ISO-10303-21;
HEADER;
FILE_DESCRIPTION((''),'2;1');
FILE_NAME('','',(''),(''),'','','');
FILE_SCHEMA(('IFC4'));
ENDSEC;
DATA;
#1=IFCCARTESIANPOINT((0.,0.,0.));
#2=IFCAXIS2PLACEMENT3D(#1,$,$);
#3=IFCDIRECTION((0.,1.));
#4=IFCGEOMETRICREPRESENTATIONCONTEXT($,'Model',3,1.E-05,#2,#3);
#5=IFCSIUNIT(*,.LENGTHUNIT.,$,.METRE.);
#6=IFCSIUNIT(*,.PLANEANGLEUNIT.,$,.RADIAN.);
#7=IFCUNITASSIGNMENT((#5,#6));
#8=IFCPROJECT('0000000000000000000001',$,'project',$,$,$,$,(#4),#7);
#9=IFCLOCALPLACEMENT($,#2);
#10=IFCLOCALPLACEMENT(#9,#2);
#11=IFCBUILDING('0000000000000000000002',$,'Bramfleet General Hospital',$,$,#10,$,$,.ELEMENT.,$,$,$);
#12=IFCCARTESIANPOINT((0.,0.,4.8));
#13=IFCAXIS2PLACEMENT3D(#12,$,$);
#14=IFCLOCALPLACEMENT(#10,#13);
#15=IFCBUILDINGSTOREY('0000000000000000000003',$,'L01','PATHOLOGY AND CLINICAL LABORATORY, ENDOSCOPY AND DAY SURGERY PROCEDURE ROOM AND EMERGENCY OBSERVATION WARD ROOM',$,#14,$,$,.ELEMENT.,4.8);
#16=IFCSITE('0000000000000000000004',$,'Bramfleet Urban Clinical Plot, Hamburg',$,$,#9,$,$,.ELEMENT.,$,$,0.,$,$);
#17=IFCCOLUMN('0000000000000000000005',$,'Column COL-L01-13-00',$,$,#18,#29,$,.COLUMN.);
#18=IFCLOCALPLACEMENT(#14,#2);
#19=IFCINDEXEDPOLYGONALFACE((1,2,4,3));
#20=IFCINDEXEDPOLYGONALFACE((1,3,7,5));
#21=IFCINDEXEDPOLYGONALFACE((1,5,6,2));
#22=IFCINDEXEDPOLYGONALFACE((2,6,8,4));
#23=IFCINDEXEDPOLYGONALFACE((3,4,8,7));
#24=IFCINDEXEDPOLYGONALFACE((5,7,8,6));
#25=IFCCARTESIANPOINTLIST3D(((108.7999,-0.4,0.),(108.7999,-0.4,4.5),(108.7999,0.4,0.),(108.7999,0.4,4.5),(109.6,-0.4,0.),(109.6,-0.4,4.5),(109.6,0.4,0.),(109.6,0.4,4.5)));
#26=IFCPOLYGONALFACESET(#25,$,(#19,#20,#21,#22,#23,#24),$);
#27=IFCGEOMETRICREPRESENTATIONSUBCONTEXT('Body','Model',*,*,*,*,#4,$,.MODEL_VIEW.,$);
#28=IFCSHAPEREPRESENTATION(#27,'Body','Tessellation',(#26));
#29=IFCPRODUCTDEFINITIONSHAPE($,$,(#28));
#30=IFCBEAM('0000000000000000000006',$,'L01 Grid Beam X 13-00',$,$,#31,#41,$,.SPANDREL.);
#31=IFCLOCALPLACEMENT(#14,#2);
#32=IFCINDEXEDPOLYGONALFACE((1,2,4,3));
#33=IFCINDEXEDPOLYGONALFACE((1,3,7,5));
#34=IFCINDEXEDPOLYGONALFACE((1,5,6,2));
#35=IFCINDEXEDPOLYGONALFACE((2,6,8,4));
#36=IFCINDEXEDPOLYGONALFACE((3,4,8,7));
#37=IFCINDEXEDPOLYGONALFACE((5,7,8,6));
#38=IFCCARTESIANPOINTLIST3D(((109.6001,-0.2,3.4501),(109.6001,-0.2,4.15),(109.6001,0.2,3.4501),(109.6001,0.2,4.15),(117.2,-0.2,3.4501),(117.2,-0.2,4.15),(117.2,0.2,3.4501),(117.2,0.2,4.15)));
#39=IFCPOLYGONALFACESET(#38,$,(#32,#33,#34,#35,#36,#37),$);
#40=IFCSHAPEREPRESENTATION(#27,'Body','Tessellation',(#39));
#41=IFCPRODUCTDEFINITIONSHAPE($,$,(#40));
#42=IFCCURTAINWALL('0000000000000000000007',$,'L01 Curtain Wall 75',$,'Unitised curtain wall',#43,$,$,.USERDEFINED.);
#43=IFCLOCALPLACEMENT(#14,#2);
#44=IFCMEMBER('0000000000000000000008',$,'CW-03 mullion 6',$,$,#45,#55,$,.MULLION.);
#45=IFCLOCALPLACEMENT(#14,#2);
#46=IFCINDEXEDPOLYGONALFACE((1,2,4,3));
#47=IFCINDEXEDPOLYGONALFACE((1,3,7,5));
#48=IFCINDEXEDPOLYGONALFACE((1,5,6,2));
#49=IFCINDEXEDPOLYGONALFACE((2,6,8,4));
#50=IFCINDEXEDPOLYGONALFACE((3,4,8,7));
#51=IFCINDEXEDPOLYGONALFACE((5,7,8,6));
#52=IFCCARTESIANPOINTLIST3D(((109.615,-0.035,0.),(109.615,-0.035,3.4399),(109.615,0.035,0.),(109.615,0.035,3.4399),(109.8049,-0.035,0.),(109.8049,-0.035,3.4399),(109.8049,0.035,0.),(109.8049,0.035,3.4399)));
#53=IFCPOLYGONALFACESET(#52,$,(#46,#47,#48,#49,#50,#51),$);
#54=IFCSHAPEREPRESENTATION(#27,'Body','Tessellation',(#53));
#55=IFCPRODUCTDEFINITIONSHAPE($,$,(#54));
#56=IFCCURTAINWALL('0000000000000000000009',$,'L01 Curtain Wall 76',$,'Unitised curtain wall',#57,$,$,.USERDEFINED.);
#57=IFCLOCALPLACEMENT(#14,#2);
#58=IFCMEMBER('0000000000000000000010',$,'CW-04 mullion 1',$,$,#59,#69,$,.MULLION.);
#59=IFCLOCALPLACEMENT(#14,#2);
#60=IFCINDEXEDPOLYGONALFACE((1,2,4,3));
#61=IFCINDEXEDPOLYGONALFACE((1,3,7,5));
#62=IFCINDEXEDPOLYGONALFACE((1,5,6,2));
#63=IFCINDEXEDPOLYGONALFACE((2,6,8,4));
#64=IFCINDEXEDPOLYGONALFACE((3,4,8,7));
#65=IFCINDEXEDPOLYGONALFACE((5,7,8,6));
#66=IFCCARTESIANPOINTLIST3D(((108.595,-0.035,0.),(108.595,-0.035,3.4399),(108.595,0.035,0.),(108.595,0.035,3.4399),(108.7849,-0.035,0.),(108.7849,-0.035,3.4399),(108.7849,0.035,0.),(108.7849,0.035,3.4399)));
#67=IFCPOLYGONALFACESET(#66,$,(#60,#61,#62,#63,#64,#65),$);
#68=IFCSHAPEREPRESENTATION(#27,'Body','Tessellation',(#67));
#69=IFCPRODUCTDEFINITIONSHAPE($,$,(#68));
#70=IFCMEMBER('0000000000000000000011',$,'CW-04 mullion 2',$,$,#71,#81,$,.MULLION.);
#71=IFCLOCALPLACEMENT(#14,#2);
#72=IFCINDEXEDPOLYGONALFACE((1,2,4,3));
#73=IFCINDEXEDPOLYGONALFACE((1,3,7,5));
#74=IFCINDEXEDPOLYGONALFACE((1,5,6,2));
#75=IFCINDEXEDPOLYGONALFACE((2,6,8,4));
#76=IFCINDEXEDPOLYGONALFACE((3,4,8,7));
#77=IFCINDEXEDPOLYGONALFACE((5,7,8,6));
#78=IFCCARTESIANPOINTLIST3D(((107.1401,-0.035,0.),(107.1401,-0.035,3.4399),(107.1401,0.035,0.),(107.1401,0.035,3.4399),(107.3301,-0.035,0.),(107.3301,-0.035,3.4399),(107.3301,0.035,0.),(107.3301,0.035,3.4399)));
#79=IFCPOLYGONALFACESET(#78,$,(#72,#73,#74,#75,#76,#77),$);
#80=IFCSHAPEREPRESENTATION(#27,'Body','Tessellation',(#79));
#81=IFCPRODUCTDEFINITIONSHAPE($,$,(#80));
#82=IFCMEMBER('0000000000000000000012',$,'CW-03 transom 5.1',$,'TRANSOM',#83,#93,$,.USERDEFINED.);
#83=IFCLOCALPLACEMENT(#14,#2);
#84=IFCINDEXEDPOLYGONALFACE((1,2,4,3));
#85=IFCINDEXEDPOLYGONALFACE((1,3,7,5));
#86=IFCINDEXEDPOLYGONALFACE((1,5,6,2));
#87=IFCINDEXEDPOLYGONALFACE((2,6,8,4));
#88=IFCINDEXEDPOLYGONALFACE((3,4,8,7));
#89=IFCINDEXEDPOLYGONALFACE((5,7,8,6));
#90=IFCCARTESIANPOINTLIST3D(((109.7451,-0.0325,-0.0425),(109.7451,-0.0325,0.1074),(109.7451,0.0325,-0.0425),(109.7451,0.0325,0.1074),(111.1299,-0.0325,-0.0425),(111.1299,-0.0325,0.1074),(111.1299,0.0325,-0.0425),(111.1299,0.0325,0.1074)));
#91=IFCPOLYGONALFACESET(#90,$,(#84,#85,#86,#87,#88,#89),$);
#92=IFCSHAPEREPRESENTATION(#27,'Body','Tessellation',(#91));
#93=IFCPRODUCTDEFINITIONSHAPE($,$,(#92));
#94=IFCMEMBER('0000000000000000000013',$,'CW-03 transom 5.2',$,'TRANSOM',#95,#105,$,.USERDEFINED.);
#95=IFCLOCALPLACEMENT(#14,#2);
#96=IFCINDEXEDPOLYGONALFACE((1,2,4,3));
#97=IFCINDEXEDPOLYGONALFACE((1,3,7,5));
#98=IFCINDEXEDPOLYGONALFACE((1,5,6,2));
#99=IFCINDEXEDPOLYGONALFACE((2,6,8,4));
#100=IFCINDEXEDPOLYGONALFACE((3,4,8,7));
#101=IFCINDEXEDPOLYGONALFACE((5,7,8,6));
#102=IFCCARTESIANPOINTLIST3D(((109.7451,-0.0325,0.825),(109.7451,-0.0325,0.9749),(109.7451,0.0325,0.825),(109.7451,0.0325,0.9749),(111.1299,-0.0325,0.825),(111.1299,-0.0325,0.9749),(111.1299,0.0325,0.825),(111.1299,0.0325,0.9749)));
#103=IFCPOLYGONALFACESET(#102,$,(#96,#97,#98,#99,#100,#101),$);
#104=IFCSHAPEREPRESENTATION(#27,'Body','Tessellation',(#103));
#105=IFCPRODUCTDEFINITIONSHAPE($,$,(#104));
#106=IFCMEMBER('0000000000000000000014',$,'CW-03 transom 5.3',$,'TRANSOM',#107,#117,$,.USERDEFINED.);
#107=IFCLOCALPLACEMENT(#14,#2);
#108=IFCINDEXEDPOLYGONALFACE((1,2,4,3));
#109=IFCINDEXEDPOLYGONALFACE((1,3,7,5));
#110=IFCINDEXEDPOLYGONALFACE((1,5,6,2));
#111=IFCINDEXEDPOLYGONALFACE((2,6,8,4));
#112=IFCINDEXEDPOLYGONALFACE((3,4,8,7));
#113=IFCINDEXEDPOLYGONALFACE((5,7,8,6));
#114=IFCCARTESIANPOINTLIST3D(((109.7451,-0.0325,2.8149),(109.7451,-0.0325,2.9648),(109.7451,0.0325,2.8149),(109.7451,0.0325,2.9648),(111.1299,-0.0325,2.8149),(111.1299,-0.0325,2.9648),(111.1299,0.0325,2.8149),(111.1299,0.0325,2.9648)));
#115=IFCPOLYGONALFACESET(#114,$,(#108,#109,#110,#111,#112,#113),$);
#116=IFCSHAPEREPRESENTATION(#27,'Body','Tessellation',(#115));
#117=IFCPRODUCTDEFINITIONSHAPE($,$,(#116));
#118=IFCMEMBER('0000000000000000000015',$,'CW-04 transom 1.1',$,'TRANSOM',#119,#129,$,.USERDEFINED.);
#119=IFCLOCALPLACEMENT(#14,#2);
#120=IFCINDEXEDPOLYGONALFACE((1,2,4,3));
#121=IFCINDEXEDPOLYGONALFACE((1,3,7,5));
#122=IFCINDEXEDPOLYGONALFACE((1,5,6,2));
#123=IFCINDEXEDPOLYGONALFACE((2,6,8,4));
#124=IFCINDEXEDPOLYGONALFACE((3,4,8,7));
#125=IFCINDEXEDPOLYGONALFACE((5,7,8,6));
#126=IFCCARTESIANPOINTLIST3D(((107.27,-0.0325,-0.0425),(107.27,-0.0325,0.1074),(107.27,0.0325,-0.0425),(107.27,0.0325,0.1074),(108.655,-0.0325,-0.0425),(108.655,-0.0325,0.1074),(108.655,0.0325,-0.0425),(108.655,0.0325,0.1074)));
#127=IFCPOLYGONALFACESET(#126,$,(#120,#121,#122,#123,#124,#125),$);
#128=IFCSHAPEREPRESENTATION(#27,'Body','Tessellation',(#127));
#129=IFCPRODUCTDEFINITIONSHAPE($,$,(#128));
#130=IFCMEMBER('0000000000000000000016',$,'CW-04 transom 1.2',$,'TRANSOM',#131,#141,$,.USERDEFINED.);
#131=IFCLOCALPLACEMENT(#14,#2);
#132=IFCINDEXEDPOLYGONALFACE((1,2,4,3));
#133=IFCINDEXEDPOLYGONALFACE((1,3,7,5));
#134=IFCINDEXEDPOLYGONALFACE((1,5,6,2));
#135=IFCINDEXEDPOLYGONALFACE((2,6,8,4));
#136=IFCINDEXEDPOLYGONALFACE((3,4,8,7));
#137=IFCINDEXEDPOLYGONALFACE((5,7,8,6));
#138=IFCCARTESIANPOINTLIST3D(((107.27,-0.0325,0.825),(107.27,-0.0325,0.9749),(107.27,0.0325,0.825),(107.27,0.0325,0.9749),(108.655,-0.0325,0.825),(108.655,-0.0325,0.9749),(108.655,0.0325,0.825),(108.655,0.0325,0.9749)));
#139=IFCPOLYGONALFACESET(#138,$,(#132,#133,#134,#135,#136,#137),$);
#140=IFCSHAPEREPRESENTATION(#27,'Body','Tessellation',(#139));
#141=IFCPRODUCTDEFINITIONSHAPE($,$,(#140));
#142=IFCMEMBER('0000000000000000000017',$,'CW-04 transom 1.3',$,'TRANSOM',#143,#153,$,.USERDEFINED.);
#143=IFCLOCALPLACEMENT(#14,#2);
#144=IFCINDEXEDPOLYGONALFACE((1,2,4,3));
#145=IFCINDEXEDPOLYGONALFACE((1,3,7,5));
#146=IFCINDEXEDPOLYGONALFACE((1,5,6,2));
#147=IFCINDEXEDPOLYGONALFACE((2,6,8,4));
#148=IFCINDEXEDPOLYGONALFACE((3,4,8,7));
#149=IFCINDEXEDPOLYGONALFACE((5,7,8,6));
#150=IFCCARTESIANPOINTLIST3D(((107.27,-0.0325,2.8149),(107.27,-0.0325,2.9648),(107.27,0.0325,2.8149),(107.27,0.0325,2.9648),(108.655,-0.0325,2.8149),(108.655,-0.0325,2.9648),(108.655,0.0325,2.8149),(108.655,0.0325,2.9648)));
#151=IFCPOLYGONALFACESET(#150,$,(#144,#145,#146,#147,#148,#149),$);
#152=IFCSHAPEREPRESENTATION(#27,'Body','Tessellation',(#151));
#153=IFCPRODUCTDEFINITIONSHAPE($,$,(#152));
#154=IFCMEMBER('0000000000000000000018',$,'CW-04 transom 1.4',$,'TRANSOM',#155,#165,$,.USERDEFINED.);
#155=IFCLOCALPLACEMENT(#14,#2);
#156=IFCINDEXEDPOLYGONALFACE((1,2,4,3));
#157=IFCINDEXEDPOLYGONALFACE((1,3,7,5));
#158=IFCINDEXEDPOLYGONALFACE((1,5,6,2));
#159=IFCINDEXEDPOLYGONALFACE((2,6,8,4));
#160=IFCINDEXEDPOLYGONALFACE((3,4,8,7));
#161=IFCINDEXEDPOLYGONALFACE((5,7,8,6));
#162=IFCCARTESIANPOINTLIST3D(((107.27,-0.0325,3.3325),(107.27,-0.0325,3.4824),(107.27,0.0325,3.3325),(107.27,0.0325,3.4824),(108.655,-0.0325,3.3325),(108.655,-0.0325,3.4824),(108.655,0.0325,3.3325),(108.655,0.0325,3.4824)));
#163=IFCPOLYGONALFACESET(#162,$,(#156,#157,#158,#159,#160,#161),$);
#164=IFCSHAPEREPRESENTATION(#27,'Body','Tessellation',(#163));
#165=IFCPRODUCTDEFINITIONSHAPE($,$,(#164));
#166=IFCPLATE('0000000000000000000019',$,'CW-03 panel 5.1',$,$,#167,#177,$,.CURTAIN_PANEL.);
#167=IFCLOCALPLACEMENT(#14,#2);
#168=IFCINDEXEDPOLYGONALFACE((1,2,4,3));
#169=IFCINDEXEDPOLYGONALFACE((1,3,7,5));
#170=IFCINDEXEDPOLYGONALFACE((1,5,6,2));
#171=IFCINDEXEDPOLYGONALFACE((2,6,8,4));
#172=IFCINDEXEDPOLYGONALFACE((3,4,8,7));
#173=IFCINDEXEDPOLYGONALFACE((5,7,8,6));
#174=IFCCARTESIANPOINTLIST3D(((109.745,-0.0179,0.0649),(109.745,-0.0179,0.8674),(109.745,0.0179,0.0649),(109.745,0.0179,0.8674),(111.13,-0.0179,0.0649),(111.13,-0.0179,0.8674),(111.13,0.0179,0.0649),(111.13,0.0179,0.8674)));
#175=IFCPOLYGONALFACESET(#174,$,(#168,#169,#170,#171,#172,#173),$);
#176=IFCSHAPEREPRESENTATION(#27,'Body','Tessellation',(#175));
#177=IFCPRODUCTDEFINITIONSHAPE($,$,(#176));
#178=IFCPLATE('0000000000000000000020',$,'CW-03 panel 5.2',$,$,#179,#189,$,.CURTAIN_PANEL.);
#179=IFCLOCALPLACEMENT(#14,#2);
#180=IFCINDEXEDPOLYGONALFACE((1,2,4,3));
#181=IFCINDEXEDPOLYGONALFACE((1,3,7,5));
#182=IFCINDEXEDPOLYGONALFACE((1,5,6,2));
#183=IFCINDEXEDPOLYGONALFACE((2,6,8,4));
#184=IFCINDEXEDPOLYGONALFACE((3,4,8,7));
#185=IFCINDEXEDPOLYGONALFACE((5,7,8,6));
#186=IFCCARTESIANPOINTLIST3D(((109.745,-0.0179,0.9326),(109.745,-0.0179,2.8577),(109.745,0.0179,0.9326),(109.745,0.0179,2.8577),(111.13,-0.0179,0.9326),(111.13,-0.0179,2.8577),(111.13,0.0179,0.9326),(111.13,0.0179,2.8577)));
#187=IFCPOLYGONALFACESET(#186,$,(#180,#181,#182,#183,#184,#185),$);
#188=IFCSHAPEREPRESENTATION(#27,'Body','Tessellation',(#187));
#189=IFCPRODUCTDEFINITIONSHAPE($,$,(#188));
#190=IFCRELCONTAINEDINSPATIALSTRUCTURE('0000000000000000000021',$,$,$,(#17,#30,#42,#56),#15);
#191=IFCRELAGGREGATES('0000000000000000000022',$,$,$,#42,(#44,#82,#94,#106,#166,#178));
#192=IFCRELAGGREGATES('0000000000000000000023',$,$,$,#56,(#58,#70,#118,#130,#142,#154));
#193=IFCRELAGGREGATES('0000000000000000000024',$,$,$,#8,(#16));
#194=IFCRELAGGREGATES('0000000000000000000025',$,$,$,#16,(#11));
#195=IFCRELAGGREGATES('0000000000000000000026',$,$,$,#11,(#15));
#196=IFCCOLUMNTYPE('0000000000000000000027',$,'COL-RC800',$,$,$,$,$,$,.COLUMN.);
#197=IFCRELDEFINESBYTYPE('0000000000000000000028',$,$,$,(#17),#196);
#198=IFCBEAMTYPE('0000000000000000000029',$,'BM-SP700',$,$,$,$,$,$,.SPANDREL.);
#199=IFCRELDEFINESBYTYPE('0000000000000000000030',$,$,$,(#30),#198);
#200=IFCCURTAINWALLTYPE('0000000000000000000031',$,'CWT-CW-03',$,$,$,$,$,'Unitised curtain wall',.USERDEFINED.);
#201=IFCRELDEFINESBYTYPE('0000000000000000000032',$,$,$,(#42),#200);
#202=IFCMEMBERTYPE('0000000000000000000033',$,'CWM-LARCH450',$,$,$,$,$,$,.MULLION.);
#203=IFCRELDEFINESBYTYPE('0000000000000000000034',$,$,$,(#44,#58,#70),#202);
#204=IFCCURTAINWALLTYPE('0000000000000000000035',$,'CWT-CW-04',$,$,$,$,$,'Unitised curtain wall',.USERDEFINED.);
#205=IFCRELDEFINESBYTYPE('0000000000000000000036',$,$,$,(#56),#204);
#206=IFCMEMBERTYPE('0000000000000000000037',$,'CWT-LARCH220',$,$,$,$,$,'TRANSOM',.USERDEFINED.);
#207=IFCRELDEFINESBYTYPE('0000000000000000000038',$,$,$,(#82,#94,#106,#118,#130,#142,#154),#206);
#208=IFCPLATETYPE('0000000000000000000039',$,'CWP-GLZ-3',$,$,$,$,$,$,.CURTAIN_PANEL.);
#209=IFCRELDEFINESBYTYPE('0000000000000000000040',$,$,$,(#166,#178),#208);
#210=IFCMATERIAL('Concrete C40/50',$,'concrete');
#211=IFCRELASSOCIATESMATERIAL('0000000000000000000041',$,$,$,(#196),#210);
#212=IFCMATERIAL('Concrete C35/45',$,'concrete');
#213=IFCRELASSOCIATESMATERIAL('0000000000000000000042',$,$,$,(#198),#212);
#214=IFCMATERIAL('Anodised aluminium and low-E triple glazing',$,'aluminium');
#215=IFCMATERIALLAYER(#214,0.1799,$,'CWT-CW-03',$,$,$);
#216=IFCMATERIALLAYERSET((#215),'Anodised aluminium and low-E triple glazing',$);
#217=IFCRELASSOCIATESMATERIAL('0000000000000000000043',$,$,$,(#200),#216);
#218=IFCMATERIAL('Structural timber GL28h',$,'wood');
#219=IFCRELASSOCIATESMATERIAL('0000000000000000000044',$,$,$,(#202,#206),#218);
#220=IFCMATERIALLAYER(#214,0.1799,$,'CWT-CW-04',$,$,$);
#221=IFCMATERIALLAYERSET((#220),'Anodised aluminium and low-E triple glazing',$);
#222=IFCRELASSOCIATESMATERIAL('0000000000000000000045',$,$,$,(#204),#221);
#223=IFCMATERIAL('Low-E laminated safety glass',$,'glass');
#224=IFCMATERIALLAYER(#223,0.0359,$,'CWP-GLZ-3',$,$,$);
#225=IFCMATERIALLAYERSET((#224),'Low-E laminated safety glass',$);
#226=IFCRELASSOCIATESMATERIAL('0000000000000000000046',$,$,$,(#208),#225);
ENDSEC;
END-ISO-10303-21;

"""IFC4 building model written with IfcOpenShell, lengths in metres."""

from ifc_helpers import new_model, si_unit, direction, frame, origin, origin_2d, place, context, subcontext, project, spatial, rectangle, extrude, material, layer, layer_set, material_profile, profile_set, type_object, element, aggregate, save


model = new_model("IFC4")

# Units and contexts
model_context = context("Model", 3, precision=1e-05, world=origin(), true_north=direction((0.0, 1.0)))
body_context = subcontext(model_context, "Body", "Model", "MODEL_VIEW")
ifc_project = project(units=[si_unit("LENGTHUNIT", "METRE"), si_unit("PLANEANGLEUNIT", "RADIAN")], contexts=[model_context])

# Site, building, storey
site_placement = place(None, origin())
site = spatial("IfcSite", under=ifc_project, at=site_placement, Name="Bramfleet Urban Clinical Plot, Hamburg", CompositionType="ELEMENT", RefElevation=0.0)
building_placement = place(site_placement, origin())
building = spatial("IfcBuilding", under=site, at=building_placement, Name="Bramfleet General Hospital", CompositionType="ELEMENT")
storey_placement = place(building_placement, frame((0.0, 0.0, 4.8)))
storey = spatial("IfcBuildingStorey", under=building, at=storey_placement, Name="L01", Description="PATHOLOGY AND CLINICAL LABORATORY, ENDOSCOPY AND DAY SURGERY PROCEDURE ROOM AND EMERGENCY OBSERVATION WARD ROOM", CompositionType="ELEMENT", Elevation=4.8)

# Column
ifc_material_1 = material(Name="Concrete C40/50", Category="concrete")
ifc_material_profile_1 = material_profile(ifc_material_1, rectangle(XDim=0.8, YDim=0.8, at=origin_2d()), Name="RC COL 800x800")
ifc_profile_set_1 = profile_set([ifc_material_profile_1], Name="Concrete C40/50")
column_type = type_object("IfcColumnType", Name="COL-RC800", PredefinedType="COLUMN", material=ifc_profile_set_1)
column_placement = place(storey_placement, frame((109.2, 0.0, 0.0), z_axis=(0.0, 0.0, 1.0), x_axis=(1.0, 0.0, 0.0)))
element("IfcColumn", 1, at=column_placement, inside=storey, type_object=column_type, Name="Column COL-L01-13-00", PredefinedType="COLUMN", context=body_context, shape_type="SweptSolid", body=[
    extrude(rectangle(XDim=0.8, YDim=0.8, at=origin_2d()), origin(), (0.0, 0.0, 1.0), 4.5),
])

# Beam
ifc_material_2 = material(Name="Concrete C35/45", Category="concrete")
ifc_material_profile_2 = material_profile(ifc_material_2, rectangle(XDim=0.3999, YDim=0.7, at=origin_2d()), Name="RC SP 700x400")
ifc_profile_set_2 = profile_set([ifc_material_profile_2], Name="Concrete C35/45")
beam_type = type_object("IfcBeamType", Name="BM-SP700", PredefinedType="SPANDREL", material=ifc_profile_set_2)
beam_placement = place(storey_placement, frame((109.6001, 0.0, 3.8), z_axis=(1.0, 0.0, 0.0), x_axis=(0.0, 1.0, 0.0)))
element("IfcBeam", 2, at=beam_placement, inside=storey, type_object=beam_type, Name="L01 Grid Beam X 13-00", PredefinedType="SPANDREL", context=body_context, shape_type="SweptSolid", body=[
    extrude(rectangle(XDim=0.3999, YDim=0.7, at=origin_2d()), origin(), (0.0, 0.0, 1.0), 7.5999),
])

# Curtain wall, member
ifc_material_3 = material(Name="Anodised aluminium and low-E triple glazing", Category="aluminium")
ifc_layer_1 = layer(ifc_material_3, 0.1799, Name="CWT-CW-03")
ifc_layer_set_1 = layer_set([ifc_layer_1], Name="Anodised aluminium and low-E triple glazing")
curtain_wall_type_1 = type_object("IfcCurtainWallType", Name="CWT-CW-03", ElementType="Unitised curtain wall", PredefinedType="USERDEFINED", material=ifc_layer_set_1)
curtain_wall_1_placement = place(storey_placement, origin())
curtain_wall_1 = element("IfcCurtainWall", 3, at=curtain_wall_1_placement, inside=storey, type_object=curtain_wall_type_1, Name="L01 Curtain Wall 75", ObjectType="Unitised curtain wall", PredefinedType="USERDEFINED")
ifc_material_4 = material(Name="Structural timber GL28h", Category="wood")
ifc_material_profile_3 = material_profile(ifc_material_4, rectangle(XDim=0.0701, YDim=0.1899, at=origin_2d()), Name="LARCH 190x70")
ifc_profile_set_3 = profile_set([ifc_material_profile_3], Name="Structural timber GL28h")
member_type_1 = type_object("IfcMemberType", Name="CWM-LARCH450", PredefinedType="MULLION", material=ifc_profile_set_3)
member_1_placement = place(storey_placement, frame((109.71, 0.0, 0.0), z_axis=(0.0, 0.0, 1.0), x_axis=(0.0, -1.0, 0.0)))
member_1 = element("IfcMember", 4, at=member_1_placement, type_object=member_type_1, Name="CW-03 mullion 6", PredefinedType="MULLION", context=body_context, shape_type="SweptSolid", body=[
    extrude(rectangle(XDim=0.0701, YDim=0.1899, at=origin_2d()), origin(), (0.0, 0.0, 1.0), 3.4399),
])

# Curtain wall, members
ifc_layer_2 = layer(ifc_material_3, 0.1799, Name="CWT-CW-04")
ifc_layer_set_2 = layer_set([ifc_layer_2], Name="Anodised aluminium and low-E triple glazing")
curtain_wall_type_2 = type_object("IfcCurtainWallType", Name="CWT-CW-04", ElementType="Unitised curtain wall", PredefinedType="USERDEFINED", material=ifc_layer_set_2)
curtain_wall_2_placement = place(storey_placement, origin())
curtain_wall_2 = element("IfcCurtainWall", 5, at=curtain_wall_2_placement, inside=storey, type_object=curtain_wall_type_2, Name="L01 Curtain Wall 76", ObjectType="Unitised curtain wall", PredefinedType="USERDEFINED")
member_2_placement = place(storey_placement, frame((108.6899, 0.0, 0.0), z_axis=(0.0, 0.0, 1.0), x_axis=(0.0, -1.0, 0.0)))
member_2 = element("IfcMember", 6, at=member_2_placement, type_object=member_type_1, Name="CW-04 mullion 1", PredefinedType="MULLION", context=body_context, shape_type="SweptSolid", body=[
    extrude(rectangle(XDim=0.0701, YDim=0.1899, at=origin_2d()), origin(), (0.0, 0.0, 1.0), 3.4399),
])
member_3_placement = place(storey_placement, frame((107.2351, 0.0, 0.0), z_axis=(0.0, 0.0, 1.0), x_axis=(0.0, -1.0, 0.0)))
member_3 = element("IfcMember", 7, at=member_3_placement, type_object=member_type_1, Name="CW-04 mullion 2", PredefinedType="MULLION", context=body_context, shape_type="SweptSolid", body=[
    extrude(rectangle(XDim=0.0701, YDim=0.1899, at=origin_2d()), origin(), (0.0, 0.0, 1.0), 3.4399),
])

# Members
ifc_material_profile_4 = material_profile(ifc_material_4, rectangle(XDim=0.0649, YDim=0.1499, at=origin_2d()), Name="LARCH 150x65")
ifc_profile_set_4 = profile_set([ifc_material_profile_4], Name="Structural timber GL28h")
member_type_2 = type_object("IfcMemberType", Name="CWT-LARCH220", ElementType="TRANSOM", PredefinedType="USERDEFINED", material=ifc_profile_set_4)
member_4_placement = place(storey_placement, frame((111.1299, 0.0, 0.0325), z_axis=(-1.0, 0.0, 0.0), x_axis=(0.0, -1.0, 0.0)))
member_4 = element("IfcMember", 8, at=member_4_placement, type_object=member_type_2, Name="CW-03 transom 5.1", ObjectType="TRANSOM", PredefinedType="USERDEFINED", context=body_context, shape_type="SweptSolid", body=[
    extrude(rectangle(XDim=0.0649, YDim=0.1499, at=origin_2d()), origin(), (0.0, 0.0, 1.0), 1.3848),
])
member_5_placement = place(storey_placement, frame((111.1299, 0.0, 0.8999), z_axis=(-1.0, 0.0, 0.0), x_axis=(0.0, -1.0, 0.0)))
member_5 = element("IfcMember", 9, at=member_5_placement, type_object=member_type_2, Name="CW-03 transom 5.2", ObjectType="TRANSOM", PredefinedType="USERDEFINED", context=body_context, shape_type="SweptSolid", body=[
    extrude(rectangle(XDim=0.0649, YDim=0.1499, at=origin_2d()), origin(), (0.0, 0.0, 1.0), 1.3848),
])
member_6_placement = place(storey_placement, frame((111.1299, 0.0, 2.8899), z_axis=(-1.0, 0.0, 0.0), x_axis=(0.0, -1.0, 0.0)))
member_6 = element("IfcMember", 10, at=member_6_placement, type_object=member_type_2, Name="CW-03 transom 5.3", ObjectType="TRANSOM", PredefinedType="USERDEFINED", context=body_context, shape_type="SweptSolid", body=[
    extrude(rectangle(XDim=0.0649, YDim=0.1499, at=origin_2d()), origin(), (0.0, 0.0, 1.0), 1.3848),
])
member_7_placement = place(storey_placement, frame((108.655, 0.0, 0.0325), z_axis=(-1.0, 0.0, 0.0), x_axis=(0.0, -1.0, 0.0)))
member_7 = element("IfcMember", 11, at=member_7_placement, type_object=member_type_2, Name="CW-04 transom 1.1", ObjectType="TRANSOM", PredefinedType="USERDEFINED", context=body_context, shape_type="SweptSolid", body=[
    extrude(rectangle(XDim=0.0649, YDim=0.1499, at=origin_2d()), origin(), (0.0, 0.0, 1.0), 1.385),
])
member_8_placement = place(storey_placement, frame((108.655, 0.0, 0.8999), z_axis=(-1.0, 0.0, 0.0), x_axis=(0.0, -1.0, 0.0)))
member_8 = element("IfcMember", 12, at=member_8_placement, type_object=member_type_2, Name="CW-04 transom 1.2", ObjectType="TRANSOM", PredefinedType="USERDEFINED", context=body_context, shape_type="SweptSolid", body=[
    extrude(rectangle(XDim=0.0649, YDim=0.1499, at=origin_2d()), origin(), (0.0, 0.0, 1.0), 1.385),
])
member_9_placement = place(storey_placement, frame((108.655, 0.0, 2.8899), z_axis=(-1.0, 0.0, 0.0), x_axis=(0.0, -1.0, 0.0)))
member_9 = element("IfcMember", 13, at=member_9_placement, type_object=member_type_2, Name="CW-04 transom 1.3", ObjectType="TRANSOM", PredefinedType="USERDEFINED", context=body_context, shape_type="SweptSolid", body=[
    extrude(rectangle(XDim=0.0649, YDim=0.1499, at=origin_2d()), origin(), (0.0, 0.0, 1.0), 1.385),
])
member_10_placement = place(storey_placement, frame((108.655, 0.0, 3.4075), z_axis=(-1.0, 0.0, 0.0), x_axis=(0.0, -1.0, 0.0)))
member_10 = element("IfcMember", 14, at=member_10_placement, type_object=member_type_2, Name="CW-04 transom 1.4", ObjectType="TRANSOM", PredefinedType="USERDEFINED", context=body_context, shape_type="SweptSolid", body=[
    extrude(rectangle(XDim=0.0649, YDim=0.1499, at=origin_2d()), origin(), (0.0, 0.0, 1.0), 1.385),
])

# Plates
ifc_material_5 = material(Name="Low-E laminated safety glass", Category="glass")
ifc_layer_3 = layer(ifc_material_5, 0.0359, Name="CWP-GLZ-3")
ifc_layer_set_3 = layer_set([ifc_layer_3], Name="Low-E laminated safety glass")
plate_type_1 = type_object("IfcPlateType", Name="CWP-GLZ-3", PredefinedType="CURTAIN_PANEL", material=ifc_layer_set_3)
plate_1_placement = place(storey_placement, frame((110.4375, 0.0, 0.0649), z_axis=(0.0, 0.0, 1.0), x_axis=(-1.0, 0.0, 0.0)))
plate_1 = element("IfcPlate", 15, at=plate_1_placement, type_object=plate_type_1, Name="CW-03 panel 5.1", PredefinedType="CURTAIN_PANEL", context=body_context, shape_type="SweptSolid", body=[
    extrude(rectangle(XDim=1.385, YDim=0.0359, at=origin_2d()), origin(), (0.0, 0.0, 1.0), 0.8025),
])
plate_2_placement = place(storey_placement, frame((110.4375, 0.0, 0.9326), z_axis=(0.0, 0.0, 1.0), x_axis=(-1.0, 0.0, 0.0)))
plate_2 = element("IfcPlate", 16, at=plate_2_placement, type_object=plate_type_1, Name="CW-03 panel 5.2", PredefinedType="CURTAIN_PANEL", context=body_context, shape_type="SweptSolid", body=[
    extrude(rectangle(XDim=1.385, YDim=0.0359, at=origin_2d()), origin(), (0.0, 0.0, 1.0), 1.925),
])
aggregate(curtain_wall_1, [member_1, member_4, member_5, member_6, plate_1, plate_2])
aggregate(curtain_wall_2, [member_2, member_3, member_7, member_8, member_9, member_10])

save(model, "model.ifc")
